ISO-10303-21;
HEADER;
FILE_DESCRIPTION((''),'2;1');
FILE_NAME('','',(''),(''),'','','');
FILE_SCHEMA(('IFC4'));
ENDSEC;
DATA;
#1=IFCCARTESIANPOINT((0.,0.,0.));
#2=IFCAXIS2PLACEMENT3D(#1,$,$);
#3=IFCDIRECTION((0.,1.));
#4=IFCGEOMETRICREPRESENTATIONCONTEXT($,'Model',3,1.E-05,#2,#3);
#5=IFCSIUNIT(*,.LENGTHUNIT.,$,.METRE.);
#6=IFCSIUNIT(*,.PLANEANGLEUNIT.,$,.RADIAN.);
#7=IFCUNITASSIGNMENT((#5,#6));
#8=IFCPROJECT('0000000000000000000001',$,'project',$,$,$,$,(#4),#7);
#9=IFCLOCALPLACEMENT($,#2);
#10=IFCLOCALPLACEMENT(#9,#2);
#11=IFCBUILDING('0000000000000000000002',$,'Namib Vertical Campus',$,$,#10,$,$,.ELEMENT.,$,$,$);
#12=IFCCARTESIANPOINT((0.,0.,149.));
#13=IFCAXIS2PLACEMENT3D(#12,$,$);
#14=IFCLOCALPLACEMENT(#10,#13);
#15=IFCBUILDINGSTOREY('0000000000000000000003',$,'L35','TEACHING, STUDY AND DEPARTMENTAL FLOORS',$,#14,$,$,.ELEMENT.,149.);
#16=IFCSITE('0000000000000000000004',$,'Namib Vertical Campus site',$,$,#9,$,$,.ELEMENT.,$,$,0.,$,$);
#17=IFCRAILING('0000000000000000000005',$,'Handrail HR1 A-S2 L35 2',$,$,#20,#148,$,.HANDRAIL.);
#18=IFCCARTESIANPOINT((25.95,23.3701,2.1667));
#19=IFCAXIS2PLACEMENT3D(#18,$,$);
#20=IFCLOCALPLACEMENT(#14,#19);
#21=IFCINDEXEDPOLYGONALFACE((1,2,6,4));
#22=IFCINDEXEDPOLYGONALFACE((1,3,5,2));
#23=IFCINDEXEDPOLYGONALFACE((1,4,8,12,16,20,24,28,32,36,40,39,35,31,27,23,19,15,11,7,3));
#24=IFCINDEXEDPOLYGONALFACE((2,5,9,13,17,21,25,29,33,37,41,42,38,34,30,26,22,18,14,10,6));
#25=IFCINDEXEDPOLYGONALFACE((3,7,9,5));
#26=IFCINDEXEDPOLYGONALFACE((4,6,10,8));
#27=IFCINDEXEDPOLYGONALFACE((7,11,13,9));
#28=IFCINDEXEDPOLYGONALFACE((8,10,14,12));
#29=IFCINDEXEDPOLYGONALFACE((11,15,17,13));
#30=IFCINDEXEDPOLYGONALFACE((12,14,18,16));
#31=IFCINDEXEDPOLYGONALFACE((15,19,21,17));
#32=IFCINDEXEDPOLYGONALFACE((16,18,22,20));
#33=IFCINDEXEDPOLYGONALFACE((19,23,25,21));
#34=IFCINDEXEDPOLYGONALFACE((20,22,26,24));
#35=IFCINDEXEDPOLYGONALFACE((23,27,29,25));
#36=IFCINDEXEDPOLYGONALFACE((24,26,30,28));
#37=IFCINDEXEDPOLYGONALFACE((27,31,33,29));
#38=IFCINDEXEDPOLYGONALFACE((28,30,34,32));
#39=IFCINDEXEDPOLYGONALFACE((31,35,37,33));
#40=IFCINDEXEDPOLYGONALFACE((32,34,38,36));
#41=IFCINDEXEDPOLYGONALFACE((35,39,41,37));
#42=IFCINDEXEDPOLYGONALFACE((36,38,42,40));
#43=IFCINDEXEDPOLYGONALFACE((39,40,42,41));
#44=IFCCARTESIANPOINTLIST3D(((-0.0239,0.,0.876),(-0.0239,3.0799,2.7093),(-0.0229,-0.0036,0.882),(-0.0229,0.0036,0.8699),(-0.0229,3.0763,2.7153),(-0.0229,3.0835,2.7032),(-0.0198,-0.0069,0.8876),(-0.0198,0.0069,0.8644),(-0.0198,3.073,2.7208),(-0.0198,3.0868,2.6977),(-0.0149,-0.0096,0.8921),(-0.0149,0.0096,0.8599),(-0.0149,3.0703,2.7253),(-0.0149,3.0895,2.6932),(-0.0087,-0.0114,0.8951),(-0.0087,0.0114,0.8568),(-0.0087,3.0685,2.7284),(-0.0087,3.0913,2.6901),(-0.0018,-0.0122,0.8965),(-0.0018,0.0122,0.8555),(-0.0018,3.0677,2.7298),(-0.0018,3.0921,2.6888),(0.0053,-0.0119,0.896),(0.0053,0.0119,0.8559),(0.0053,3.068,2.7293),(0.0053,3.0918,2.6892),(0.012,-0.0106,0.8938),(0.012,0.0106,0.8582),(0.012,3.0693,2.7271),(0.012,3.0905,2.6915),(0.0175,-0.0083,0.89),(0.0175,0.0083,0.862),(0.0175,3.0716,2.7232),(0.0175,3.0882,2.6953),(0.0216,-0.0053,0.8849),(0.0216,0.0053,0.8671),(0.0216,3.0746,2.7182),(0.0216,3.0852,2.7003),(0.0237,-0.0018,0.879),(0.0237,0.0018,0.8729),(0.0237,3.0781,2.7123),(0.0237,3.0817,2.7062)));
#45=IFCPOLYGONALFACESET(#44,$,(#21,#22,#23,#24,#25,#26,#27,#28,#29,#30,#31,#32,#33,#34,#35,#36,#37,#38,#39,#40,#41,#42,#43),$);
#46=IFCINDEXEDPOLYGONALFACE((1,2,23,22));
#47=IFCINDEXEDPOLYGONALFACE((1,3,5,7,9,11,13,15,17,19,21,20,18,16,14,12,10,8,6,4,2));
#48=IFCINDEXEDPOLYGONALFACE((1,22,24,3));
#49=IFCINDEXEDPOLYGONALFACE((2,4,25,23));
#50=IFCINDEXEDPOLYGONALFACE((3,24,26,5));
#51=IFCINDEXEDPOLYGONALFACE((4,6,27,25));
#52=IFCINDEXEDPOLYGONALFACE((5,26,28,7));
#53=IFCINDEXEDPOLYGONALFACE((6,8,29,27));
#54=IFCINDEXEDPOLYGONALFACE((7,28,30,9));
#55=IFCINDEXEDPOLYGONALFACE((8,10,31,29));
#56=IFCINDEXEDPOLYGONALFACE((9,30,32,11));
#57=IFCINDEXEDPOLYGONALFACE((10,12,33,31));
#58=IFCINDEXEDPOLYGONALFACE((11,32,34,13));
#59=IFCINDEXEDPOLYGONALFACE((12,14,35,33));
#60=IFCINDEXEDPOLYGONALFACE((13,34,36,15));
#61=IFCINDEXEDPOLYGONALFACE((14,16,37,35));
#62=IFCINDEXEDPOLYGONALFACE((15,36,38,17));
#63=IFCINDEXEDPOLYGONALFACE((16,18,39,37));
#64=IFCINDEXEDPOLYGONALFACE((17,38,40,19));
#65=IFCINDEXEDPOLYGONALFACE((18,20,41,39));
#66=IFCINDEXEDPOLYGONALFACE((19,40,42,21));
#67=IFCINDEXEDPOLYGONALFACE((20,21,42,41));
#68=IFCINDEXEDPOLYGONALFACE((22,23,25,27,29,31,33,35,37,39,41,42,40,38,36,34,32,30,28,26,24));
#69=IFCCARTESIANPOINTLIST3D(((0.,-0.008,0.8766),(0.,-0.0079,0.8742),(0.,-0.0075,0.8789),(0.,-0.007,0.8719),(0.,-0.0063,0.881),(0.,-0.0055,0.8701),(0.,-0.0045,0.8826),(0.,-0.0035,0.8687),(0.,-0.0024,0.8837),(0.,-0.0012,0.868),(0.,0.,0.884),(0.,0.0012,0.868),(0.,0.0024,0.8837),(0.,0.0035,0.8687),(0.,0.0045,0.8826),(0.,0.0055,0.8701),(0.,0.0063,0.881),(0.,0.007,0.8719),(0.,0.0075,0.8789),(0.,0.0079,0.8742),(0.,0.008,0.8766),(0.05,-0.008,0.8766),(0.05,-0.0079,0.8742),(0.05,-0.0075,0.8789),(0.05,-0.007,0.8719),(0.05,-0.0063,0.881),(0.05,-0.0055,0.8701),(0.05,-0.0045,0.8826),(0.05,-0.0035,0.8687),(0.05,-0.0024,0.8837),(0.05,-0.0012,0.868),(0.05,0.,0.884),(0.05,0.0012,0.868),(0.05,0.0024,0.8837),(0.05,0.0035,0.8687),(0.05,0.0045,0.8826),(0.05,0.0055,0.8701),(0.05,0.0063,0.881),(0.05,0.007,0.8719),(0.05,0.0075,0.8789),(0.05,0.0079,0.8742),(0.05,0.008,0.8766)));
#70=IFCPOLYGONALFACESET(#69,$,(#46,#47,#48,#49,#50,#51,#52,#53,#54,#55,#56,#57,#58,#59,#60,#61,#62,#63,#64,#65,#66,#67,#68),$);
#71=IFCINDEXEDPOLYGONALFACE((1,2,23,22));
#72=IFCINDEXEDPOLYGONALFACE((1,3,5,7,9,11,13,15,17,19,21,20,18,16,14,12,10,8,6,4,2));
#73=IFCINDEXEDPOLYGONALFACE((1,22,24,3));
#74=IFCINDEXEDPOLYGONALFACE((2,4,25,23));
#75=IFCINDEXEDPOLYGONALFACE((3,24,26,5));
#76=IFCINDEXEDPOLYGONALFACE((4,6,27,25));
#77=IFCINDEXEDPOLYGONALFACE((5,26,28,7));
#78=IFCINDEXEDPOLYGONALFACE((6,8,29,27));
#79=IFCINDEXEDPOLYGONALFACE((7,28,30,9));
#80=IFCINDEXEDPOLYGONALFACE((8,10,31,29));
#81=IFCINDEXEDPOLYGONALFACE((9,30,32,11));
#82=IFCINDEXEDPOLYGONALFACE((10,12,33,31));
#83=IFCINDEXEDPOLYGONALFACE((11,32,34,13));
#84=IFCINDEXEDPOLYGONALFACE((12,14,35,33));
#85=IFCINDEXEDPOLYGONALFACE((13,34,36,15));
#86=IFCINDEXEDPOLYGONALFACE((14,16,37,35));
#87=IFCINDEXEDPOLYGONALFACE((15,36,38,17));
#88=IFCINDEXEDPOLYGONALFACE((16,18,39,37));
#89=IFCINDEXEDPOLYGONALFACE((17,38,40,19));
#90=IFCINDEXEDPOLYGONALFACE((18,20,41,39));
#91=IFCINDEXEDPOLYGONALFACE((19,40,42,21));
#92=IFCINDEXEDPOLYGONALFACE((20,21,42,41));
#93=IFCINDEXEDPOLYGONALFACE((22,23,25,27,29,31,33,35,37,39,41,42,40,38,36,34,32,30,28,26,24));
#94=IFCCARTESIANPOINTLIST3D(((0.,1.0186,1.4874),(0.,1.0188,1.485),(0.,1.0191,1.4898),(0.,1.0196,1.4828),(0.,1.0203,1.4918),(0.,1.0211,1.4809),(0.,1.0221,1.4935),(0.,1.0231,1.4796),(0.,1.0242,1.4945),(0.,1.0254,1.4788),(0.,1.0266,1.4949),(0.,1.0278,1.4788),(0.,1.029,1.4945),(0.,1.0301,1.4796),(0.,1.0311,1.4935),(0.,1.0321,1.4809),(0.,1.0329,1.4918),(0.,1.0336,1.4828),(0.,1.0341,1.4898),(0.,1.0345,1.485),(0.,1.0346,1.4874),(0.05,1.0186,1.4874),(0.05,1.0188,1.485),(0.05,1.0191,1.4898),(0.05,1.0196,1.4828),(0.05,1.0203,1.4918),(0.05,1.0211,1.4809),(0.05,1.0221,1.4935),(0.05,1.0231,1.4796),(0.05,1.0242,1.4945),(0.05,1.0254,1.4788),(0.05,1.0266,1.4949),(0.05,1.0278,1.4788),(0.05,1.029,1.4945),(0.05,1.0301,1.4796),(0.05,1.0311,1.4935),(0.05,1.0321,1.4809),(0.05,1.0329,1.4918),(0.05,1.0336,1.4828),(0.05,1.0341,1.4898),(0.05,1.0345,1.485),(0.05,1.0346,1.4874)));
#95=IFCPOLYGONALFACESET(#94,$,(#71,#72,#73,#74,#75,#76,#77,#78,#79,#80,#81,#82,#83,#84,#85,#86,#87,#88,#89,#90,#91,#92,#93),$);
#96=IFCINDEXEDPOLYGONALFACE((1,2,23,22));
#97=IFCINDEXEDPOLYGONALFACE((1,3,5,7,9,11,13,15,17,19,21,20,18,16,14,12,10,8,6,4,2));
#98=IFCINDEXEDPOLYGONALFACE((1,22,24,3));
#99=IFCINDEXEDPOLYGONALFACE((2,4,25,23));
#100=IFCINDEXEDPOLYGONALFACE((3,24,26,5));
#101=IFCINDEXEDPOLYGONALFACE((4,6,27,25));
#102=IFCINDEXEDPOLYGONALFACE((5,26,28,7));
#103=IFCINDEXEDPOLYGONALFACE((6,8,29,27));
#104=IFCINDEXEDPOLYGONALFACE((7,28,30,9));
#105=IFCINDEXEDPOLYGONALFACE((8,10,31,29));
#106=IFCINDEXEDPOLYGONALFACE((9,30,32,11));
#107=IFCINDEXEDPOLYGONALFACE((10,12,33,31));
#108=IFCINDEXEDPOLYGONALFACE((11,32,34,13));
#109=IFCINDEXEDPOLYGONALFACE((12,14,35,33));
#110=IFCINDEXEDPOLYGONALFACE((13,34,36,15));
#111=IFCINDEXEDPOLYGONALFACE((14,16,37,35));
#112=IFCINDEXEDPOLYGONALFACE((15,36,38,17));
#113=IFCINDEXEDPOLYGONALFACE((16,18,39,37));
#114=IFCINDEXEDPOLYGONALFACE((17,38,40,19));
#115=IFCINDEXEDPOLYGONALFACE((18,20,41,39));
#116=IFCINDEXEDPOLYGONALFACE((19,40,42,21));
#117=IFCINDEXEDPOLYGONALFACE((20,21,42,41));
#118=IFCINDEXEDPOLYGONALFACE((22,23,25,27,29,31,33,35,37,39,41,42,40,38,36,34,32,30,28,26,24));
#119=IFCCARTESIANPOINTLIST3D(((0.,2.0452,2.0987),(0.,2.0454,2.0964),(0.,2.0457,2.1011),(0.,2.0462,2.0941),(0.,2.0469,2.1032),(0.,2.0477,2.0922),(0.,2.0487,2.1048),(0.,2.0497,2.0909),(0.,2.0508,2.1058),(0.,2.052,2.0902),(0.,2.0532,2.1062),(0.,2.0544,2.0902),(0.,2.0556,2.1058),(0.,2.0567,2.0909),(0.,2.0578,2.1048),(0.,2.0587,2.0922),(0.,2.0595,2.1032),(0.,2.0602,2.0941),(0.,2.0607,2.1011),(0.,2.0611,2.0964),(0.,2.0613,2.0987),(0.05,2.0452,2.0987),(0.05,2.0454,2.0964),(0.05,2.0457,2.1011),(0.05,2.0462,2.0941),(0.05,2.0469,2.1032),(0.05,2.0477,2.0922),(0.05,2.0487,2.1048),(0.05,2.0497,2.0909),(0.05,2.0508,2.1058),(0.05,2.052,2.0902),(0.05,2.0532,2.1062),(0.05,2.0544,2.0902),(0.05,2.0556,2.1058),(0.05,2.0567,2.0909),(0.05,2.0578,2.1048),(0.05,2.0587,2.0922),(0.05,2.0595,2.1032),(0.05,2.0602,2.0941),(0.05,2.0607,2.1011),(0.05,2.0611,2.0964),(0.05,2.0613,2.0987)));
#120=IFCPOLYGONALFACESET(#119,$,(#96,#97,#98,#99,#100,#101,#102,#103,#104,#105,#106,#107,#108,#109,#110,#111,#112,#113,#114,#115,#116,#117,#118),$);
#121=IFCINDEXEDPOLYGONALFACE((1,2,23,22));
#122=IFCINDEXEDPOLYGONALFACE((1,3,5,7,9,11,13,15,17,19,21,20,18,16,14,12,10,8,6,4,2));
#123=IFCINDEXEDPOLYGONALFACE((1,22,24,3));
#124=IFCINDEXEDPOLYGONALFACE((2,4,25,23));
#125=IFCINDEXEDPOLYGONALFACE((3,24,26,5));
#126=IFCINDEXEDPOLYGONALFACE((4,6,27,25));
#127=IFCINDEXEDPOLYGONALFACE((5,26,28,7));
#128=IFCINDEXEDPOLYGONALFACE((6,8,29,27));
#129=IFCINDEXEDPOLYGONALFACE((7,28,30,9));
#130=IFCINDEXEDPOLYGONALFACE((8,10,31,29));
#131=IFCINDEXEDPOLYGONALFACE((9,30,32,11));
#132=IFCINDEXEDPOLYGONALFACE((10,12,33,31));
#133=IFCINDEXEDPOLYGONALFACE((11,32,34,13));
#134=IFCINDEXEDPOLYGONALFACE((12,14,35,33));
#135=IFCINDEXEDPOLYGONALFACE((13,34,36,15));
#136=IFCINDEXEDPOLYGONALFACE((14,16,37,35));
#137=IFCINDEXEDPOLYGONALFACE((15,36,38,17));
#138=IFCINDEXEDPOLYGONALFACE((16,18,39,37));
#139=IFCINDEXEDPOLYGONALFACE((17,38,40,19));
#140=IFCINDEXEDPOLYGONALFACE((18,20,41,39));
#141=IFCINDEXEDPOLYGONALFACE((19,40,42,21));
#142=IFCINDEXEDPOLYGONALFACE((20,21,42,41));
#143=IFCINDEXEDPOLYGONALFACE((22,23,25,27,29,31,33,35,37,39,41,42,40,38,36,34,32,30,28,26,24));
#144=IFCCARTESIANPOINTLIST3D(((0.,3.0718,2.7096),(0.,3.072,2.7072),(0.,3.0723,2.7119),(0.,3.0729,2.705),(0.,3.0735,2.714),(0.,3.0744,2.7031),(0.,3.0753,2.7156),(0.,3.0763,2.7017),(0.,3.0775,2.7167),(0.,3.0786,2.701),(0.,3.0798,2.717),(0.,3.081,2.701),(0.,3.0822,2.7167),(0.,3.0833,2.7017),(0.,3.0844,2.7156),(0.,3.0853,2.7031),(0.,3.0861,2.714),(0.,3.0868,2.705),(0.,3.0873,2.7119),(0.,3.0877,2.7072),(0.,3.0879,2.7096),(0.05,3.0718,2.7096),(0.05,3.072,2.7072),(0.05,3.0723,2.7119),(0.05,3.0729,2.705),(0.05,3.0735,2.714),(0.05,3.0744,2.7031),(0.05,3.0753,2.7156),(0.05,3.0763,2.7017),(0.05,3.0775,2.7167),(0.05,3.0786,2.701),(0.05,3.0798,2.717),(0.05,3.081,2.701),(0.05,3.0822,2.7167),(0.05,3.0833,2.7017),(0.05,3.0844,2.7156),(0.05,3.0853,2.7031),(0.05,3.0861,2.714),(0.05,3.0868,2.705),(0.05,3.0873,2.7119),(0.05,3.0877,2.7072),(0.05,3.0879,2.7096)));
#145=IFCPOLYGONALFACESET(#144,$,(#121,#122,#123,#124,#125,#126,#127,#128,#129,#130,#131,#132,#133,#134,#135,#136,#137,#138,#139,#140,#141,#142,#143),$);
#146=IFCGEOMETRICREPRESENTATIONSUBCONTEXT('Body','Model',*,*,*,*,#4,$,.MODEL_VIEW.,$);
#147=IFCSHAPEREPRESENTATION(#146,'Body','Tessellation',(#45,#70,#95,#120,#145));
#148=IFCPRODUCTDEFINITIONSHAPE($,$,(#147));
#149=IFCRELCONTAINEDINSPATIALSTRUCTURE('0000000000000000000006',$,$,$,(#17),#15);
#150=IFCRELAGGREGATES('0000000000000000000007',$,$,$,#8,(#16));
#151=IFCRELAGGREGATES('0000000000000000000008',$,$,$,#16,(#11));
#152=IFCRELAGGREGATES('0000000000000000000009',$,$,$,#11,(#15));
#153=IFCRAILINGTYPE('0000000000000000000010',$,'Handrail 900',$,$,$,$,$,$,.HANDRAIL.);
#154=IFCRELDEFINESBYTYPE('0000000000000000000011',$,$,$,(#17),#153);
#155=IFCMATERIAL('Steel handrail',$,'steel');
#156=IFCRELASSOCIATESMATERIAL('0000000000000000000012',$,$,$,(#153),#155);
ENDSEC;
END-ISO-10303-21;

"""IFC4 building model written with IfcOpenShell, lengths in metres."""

from ifc_helpers import new_model, si_unit, direction, frame, origin, origin_2d, place, context, subcontext, project, spatial, circle, extrude, material, type_object, element, save


model = new_model("IFC4")

# Units and contexts
model_context = context("Model", 3, precision=1e-05, world=origin(), true_north=direction((0.0, 1.0)))
body_context = subcontext(model_context, "Body", "Model", "MODEL_VIEW")
ifc_project = project(units=[si_unit("LENGTHUNIT", "METRE"), si_unit("PLANEANGLEUNIT", "RADIAN")], contexts=[model_context])

# Site, building, storey
site_placement = place(None, origin())
site = spatial("IfcSite", under=ifc_project, at=site_placement, Name="Namib Vertical Campus site", CompositionType="ELEMENT", RefElevation=0.0)
building_placement = place(site_placement, origin())
building = spatial("IfcBuilding", under=site, at=building_placement, Name="Namib Vertical Campus", CompositionType="ELEMENT")
storey_placement = place(building_placement, frame((0.0, 0.0, 149.0)))
storey = spatial("IfcBuildingStorey", under=building, at=storey_placement, Name="L35", Description="TEACHING, STUDY AND DEPARTMENTAL FLOORS", CompositionType="ELEMENT", Elevation=149.0)

# Railing
ifc_material_1 = material(Name="Steel handrail", Category="steel")
railing_type_1 = type_object("IfcRailingType", Name="Handrail 900", PredefinedType="HANDRAIL", material=ifc_material_1)
railing_1_placement = place(storey_placement, frame((25.95, 23.3701, 2.1667)))
element("IfcRailing", 1, at=railing_1_placement, inside=storey, type_object=railing_type_1, Name="Handrail HR1 A-S2 L35 2", PredefinedType="HANDRAIL", context=body_context, shape_type="SweptSolid", body=[
    extrude(circle(Radius=0.0239, at=origin_2d()), frame((0.0, 0.0, 0.876), z_axis=(0.0, 0.859291, 0.511487), x_axis=(-1.0, 0.0, 0.0)), (0.0, 0.0, 1.0), 3.5842),
    extrude(circle(Radius=0.0081, at=origin_2d()), frame((0.0, 0.0, 0.876), z_axis=(1.0, 0.0, 0.0), x_axis=(0.0, 0.0, 1.0)), (0.0, 0.0, 1.0), 0.05),
    extrude(circle(Radius=0.0081, at=origin_2d()), frame((0.0, 1.0266, 1.4868), z_axis=(1.0, 0.0, 0.0), x_axis=(0.0, 0.0, 1.0)), (0.0, 0.0, 1.0), 0.05),
    extrude(circle(Radius=0.0081, at=origin_2d()), frame((0.0, 2.0532, 2.0981), z_axis=(1.0, 0.0, 0.0), x_axis=(0.0, 0.0, 1.0)), (0.0, 0.0, 1.0), 0.05),
    extrude(circle(Radius=0.0081, at=origin_2d()), frame((0.0, 3.0798, 2.709), z_axis=(1.0, 0.0, 0.0), x_axis=(0.0, 0.0, 1.0)), (0.0, 0.0, 1.0), 0.05),
])

save(model, "model.ifc")
